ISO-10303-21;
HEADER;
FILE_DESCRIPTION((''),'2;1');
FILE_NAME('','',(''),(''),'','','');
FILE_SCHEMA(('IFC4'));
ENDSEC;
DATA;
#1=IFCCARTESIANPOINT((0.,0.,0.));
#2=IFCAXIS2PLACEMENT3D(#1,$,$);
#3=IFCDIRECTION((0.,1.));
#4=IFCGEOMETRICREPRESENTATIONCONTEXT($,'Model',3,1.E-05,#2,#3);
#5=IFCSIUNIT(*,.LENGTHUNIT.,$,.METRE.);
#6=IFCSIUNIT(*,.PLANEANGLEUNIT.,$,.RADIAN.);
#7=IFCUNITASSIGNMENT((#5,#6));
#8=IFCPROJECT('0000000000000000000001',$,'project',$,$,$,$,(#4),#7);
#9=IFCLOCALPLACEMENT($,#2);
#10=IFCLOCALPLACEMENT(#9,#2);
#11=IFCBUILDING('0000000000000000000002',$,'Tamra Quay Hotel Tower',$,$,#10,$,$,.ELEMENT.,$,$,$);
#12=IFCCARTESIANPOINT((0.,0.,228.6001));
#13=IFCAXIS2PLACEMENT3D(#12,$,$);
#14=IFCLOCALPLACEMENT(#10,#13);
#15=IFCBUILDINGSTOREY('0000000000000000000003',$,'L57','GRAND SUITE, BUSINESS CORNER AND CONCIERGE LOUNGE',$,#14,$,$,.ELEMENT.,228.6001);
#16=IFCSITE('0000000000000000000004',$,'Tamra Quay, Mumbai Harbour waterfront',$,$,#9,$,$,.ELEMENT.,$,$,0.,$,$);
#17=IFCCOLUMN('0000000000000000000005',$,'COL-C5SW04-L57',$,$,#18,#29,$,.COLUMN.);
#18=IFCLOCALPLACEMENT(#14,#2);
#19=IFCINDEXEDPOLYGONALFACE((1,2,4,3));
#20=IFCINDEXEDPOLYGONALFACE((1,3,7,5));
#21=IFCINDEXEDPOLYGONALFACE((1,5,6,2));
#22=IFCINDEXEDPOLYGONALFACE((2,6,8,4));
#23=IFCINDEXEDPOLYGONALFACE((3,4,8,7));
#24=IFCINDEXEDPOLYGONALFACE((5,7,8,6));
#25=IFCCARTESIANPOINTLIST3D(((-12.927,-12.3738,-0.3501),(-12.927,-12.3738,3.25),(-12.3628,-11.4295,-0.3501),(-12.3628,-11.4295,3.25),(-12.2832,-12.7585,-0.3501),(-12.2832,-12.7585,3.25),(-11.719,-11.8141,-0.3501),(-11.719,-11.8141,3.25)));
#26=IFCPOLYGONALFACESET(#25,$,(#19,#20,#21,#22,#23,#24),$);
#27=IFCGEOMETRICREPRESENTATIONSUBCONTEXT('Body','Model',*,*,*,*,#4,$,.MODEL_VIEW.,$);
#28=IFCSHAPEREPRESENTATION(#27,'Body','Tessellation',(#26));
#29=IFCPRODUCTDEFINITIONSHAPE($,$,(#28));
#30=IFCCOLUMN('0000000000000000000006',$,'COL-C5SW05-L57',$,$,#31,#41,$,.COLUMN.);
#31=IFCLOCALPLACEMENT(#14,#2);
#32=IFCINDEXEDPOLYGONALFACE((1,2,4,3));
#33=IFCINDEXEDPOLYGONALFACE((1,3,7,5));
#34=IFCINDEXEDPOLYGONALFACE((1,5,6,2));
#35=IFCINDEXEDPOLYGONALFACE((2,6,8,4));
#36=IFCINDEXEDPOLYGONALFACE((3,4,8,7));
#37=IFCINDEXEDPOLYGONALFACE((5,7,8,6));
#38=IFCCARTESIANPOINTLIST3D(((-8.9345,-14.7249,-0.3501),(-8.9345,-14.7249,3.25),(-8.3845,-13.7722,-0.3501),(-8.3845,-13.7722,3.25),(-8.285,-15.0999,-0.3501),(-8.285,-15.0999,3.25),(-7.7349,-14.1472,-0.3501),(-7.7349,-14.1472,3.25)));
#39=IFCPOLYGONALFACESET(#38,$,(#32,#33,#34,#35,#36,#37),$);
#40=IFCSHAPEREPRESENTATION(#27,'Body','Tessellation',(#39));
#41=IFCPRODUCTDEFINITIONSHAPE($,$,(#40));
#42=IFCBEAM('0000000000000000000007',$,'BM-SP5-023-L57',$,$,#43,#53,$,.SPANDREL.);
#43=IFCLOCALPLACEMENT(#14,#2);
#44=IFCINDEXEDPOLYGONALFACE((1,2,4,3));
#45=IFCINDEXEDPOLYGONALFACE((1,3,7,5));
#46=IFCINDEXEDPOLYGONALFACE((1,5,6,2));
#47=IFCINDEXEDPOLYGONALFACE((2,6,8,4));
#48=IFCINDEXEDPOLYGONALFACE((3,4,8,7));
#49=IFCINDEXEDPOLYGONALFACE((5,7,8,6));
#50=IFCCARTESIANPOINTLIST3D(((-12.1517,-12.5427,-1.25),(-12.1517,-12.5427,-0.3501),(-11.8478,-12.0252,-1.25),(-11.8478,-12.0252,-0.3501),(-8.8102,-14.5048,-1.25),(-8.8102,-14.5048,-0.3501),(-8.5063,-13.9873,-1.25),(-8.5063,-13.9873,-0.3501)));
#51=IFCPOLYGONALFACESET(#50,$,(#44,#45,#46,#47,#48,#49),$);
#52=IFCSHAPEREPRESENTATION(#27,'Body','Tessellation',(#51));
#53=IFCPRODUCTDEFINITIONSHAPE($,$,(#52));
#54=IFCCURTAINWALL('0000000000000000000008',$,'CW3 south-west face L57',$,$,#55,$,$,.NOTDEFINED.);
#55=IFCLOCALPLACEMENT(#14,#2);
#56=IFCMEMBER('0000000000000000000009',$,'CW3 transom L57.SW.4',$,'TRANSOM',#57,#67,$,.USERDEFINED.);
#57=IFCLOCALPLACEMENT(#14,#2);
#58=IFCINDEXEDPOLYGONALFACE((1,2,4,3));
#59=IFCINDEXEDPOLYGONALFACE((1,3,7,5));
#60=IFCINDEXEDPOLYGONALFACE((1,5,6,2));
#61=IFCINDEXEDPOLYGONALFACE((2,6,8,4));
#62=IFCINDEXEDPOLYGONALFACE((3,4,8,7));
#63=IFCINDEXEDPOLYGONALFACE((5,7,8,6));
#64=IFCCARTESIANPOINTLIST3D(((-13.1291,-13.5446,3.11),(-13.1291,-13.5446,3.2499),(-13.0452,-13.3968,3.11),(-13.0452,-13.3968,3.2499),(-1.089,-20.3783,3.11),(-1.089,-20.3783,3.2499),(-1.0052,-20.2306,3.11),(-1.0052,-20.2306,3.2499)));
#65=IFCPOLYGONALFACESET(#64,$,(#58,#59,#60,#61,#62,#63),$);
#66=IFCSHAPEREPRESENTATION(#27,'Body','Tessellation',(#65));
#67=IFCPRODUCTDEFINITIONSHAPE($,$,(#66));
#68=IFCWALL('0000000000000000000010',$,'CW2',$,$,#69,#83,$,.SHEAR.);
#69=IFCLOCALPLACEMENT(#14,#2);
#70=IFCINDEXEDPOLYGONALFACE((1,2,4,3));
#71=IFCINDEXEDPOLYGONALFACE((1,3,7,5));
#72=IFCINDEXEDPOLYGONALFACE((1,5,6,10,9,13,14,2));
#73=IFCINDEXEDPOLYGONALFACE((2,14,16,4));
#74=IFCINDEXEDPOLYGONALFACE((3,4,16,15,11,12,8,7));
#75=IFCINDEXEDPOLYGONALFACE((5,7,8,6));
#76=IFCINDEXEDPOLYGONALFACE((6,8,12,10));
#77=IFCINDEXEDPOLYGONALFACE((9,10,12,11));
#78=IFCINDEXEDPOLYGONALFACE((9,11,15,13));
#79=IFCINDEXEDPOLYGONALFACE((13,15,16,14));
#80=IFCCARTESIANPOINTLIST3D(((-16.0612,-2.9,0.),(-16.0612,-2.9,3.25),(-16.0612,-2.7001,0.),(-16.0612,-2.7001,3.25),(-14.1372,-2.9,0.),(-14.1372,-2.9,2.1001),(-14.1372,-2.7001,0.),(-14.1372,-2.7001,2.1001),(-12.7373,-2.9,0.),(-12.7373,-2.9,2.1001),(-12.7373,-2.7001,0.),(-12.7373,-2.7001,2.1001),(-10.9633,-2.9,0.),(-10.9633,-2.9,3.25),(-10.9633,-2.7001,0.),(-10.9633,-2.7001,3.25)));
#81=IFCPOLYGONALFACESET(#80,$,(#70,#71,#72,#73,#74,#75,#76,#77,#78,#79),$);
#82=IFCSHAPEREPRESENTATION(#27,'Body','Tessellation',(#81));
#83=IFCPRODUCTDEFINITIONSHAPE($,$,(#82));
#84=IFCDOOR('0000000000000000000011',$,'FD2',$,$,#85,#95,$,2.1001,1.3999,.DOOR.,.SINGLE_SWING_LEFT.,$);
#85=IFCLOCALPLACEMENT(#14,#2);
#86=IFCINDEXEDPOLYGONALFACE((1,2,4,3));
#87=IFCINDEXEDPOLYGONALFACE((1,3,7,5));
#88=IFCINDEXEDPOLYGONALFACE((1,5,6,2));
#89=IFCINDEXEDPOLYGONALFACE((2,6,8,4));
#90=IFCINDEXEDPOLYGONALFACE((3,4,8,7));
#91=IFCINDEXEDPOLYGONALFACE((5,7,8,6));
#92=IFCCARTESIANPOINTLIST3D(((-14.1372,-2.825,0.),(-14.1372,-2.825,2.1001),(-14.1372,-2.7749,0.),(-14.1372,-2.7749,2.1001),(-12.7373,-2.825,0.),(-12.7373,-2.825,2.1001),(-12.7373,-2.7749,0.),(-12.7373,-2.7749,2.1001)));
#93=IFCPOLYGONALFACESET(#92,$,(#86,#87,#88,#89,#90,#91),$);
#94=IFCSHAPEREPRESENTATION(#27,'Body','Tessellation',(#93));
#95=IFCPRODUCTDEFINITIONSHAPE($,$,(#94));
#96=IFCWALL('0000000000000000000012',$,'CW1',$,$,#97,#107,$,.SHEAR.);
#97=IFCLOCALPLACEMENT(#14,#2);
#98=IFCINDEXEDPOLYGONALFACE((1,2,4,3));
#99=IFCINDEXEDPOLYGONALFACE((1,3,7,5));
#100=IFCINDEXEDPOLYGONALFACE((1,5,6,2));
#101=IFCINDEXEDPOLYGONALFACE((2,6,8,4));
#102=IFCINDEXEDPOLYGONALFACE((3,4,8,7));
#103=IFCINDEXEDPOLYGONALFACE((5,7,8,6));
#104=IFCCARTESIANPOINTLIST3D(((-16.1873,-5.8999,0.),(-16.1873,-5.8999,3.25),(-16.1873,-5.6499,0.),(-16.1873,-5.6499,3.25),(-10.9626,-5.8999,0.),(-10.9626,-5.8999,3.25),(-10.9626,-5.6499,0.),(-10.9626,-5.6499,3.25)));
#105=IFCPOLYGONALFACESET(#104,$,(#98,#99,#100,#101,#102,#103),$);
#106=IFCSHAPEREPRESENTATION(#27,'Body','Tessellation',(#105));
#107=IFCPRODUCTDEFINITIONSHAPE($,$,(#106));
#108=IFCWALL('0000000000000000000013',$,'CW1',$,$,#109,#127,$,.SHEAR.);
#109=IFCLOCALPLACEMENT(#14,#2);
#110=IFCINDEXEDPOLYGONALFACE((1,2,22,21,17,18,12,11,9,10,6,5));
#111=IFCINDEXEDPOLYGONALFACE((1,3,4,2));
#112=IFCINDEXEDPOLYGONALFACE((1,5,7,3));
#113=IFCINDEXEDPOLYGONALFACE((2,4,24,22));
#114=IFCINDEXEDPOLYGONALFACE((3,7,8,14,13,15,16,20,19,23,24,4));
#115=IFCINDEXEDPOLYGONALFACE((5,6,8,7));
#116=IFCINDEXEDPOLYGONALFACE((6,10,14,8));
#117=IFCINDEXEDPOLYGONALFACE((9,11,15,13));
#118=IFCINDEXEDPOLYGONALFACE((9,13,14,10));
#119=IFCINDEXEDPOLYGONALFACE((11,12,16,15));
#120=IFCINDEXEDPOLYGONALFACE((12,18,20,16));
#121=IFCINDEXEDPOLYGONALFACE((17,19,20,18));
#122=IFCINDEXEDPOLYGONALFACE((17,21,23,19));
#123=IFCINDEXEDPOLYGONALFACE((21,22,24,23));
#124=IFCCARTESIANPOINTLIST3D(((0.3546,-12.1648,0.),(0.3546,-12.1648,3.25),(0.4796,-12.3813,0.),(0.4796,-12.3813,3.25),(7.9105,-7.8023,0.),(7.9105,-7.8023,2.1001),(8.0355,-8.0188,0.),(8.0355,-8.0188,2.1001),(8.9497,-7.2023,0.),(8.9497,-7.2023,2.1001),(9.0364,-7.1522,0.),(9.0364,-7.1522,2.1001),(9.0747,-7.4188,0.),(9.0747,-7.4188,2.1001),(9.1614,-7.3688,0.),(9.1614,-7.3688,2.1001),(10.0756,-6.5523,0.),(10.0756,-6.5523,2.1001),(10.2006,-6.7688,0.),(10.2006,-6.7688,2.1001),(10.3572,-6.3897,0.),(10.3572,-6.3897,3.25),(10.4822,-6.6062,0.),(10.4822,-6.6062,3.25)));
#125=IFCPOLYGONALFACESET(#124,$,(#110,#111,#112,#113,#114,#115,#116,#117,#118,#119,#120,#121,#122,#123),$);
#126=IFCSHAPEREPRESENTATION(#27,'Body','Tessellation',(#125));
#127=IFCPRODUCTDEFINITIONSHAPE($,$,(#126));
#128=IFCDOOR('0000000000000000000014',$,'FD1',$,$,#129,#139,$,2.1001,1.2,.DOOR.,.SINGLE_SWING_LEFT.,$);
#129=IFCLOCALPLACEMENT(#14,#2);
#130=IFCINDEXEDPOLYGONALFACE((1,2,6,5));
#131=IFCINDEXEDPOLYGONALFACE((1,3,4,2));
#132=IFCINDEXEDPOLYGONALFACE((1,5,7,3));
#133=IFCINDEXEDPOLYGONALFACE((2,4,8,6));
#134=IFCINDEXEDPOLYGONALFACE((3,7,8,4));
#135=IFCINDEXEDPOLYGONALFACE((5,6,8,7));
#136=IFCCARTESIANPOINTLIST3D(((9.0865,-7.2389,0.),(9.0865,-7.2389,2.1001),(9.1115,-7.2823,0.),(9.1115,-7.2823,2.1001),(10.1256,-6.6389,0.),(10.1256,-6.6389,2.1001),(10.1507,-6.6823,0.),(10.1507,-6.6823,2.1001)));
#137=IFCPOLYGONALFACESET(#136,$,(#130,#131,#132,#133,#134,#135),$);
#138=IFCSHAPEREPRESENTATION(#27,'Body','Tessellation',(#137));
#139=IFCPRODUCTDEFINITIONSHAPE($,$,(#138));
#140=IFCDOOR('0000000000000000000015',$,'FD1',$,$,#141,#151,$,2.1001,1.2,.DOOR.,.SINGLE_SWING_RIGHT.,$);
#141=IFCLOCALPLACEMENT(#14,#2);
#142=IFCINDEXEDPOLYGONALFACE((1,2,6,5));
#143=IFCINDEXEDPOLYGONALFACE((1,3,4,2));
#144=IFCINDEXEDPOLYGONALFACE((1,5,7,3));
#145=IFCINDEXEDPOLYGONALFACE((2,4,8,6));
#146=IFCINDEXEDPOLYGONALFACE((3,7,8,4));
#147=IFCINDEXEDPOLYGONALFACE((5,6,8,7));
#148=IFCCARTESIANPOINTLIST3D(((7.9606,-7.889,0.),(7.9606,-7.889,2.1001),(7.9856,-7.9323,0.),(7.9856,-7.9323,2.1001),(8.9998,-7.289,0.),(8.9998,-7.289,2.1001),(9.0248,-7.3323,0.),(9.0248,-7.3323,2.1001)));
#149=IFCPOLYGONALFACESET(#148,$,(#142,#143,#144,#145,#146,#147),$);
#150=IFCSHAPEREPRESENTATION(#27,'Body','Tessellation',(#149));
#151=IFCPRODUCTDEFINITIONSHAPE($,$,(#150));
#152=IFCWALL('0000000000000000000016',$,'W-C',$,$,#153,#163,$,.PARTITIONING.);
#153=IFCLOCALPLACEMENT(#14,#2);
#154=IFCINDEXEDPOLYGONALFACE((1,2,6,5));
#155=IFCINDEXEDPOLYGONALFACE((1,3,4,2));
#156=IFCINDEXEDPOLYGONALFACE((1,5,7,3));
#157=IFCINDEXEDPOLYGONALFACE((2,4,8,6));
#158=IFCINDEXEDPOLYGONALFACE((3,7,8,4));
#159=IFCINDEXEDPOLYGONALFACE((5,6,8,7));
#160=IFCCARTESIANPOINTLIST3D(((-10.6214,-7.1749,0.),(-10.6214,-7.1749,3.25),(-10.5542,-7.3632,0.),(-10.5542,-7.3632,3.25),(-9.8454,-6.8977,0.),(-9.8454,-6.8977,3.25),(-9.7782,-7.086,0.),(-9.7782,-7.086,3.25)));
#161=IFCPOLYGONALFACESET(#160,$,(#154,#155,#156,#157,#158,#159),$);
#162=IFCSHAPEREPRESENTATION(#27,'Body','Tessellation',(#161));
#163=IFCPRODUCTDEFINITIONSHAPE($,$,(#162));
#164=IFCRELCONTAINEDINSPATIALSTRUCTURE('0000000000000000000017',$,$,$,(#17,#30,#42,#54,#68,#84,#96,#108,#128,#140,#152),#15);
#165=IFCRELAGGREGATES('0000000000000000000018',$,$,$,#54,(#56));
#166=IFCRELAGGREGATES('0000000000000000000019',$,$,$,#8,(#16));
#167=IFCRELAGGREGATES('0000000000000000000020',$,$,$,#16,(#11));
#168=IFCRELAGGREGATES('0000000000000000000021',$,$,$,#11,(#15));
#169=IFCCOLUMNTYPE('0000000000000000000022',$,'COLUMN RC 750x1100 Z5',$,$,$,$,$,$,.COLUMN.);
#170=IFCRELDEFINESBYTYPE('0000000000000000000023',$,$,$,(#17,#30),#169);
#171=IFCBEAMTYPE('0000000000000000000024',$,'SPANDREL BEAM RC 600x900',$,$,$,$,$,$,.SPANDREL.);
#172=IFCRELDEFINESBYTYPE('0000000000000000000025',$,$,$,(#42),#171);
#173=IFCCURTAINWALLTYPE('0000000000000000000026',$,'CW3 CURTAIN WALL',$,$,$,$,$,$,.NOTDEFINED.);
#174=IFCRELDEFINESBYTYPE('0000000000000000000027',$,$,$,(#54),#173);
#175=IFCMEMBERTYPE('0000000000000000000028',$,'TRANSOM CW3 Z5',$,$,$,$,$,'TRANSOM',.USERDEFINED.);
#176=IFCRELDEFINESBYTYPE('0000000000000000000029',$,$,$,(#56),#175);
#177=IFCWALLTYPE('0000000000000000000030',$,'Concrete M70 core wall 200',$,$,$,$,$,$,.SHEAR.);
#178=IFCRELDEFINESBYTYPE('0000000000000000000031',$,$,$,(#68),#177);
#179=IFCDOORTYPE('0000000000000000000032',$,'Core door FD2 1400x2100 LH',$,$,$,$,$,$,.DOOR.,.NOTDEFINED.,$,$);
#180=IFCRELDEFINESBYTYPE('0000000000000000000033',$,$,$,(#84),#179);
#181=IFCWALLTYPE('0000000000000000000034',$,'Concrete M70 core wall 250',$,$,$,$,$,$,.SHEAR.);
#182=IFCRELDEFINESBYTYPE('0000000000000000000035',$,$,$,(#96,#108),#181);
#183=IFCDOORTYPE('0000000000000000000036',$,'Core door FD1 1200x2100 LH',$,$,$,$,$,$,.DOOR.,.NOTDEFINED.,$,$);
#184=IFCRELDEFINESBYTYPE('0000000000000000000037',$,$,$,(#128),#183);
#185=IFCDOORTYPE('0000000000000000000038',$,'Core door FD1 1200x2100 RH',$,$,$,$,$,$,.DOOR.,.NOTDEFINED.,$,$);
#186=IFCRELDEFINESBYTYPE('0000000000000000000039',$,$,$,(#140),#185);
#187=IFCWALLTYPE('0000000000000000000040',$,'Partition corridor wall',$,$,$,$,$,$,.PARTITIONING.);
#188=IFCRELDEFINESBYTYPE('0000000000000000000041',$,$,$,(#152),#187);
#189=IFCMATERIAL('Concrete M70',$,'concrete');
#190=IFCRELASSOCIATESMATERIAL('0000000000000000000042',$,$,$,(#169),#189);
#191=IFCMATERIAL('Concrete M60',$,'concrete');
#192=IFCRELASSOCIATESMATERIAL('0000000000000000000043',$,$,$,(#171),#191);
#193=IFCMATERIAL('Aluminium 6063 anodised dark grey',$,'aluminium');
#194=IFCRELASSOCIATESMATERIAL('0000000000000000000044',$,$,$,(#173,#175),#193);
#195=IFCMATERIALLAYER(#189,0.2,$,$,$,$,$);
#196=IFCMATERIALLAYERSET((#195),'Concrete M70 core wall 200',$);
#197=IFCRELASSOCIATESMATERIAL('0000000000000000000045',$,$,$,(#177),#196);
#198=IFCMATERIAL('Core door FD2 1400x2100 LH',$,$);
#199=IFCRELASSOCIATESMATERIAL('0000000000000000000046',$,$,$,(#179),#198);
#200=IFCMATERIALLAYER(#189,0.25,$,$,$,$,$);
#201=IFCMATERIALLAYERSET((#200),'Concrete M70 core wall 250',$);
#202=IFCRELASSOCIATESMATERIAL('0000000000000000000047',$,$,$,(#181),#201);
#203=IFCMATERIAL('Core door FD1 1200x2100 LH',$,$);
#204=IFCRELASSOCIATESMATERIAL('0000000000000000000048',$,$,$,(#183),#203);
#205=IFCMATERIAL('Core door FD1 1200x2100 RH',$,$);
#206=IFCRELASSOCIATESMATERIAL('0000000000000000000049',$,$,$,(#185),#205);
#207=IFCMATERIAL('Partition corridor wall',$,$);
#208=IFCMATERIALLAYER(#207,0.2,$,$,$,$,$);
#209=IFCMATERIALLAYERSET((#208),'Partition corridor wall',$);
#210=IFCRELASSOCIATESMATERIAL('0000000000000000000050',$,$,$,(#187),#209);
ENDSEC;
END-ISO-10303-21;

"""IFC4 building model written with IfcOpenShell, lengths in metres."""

from ifc_helpers import new_model, si_unit, direction, frame, frame_2d, origin, origin_2d, place, context, subcontext, project, spatial, rectangle, extrude, material, layer, layer_set, material_profile, profile_set, type_object, element, fill, aggregate, save


model = new_model("IFC4")

# Units and contexts
model_context = context("Model", 3, precision=1e-05, world=origin(), true_north=direction((0.0, 1.0)))
body_context = subcontext(model_context, "Body", "Model", "MODEL_VIEW")
ifc_project = project(units=[si_unit("LENGTHUNIT", "METRE"), si_unit("PLANEANGLEUNIT", "RADIAN")], contexts=[model_context])

# Site, building, storey
site_placement = place(None, origin())
site = spatial("IfcSite", under=ifc_project, at=site_placement, Name="Tamra Quay, Mumbai Harbour waterfront", CompositionType="ELEMENT", RefElevation=0.0)
building_placement = place(site_placement, origin())
building = spatial("IfcBuilding", under=site, at=building_placement, Name="Tamra Quay Hotel Tower", CompositionType="ELEMENT")
storey_placement = place(building_placement, frame((0.0, 0.0, 228.6001)))
storey = spatial("IfcBuildingStorey", under=building, at=storey_placement, Name="L57", Description="GRAND SUITE, BUSINESS CORNER AND CONCIERGE LOUNGE", CompositionType="ELEMENT", Elevation=228.6001)

# Columns
ifc_material_1 = material(Name="Concrete M70", Category="concrete")
ifc_material_profile_1 = material_profile(ifc_material_1, rectangle(XDim=1.1001, YDim=0.75, at=origin_2d()), Name="COLUMN RC 750x1100 Z5")
ifc_profile_set_1 = profile_set([ifc_material_profile_1], Name="Concrete M70")
column_type = type_object("IfcColumnType", Name="COLUMN RC 750x1100 Z5", PredefinedType="COLUMN", material=ifc_profile_set_1)
for number, where, z_axis, x_axis, name in (
    (1, (-12.323, -12.094, -0.3501), (0.0, 0.0, 1.0), (0.512899, 0.858449, 0.0), "COL-C5SW04-L57"),
    (2, (-8.3347, -14.436, -0.3501), (0.0, 0.0, 1.0), (0.5, 0.866025, 0.0), "COL-C5SW05-L57"),
):
    element("IfcColumn", number, at=place(storey_placement, frame(where, z_axis=z_axis, x_axis=x_axis)), inside=storey, type_object=column_type, Name=name, PredefinedType="COLUMN", context=body_context, shape_type="SweptSolid", body=[
        extrude(rectangle(XDim=1.1001, YDim=0.75, at=origin_2d()), origin(), (0.0, 0.0, 1.0), 3.6001),
    ])

# Beam
ifc_material_2 = material(Name="Concrete M60", Category="concrete")
ifc_material_profile_2 = material_profile(ifc_material_2, rectangle(XDim=0.6001, YDim=0.8999, at=origin_2d()), Name="SPANDREL BEAM RC 600x900")
ifc_profile_set_2 = profile_set([ifc_material_profile_2], Name="Concrete M60")
beam_type = type_object("IfcBeamType", Name="SPANDREL BEAM RC 600x900", PredefinedType="SPANDREL", material=ifc_profile_set_2)
beam_placement = place(storey_placement, frame((-11.9998, -12.2839, -0.8), z_axis=(0.862324, -0.506356, 0.0), x_axis=(0.506356, 0.862324, 0.0)))
element("IfcBeam", 3, at=beam_placement, inside=storey, type_object=beam_type, Name="BM-SP5-023-L57", PredefinedType="SPANDREL", context=body_context, shape_type="SweptSolid", body=[
    extrude(rectangle(XDim=0.6001, YDim=0.8999, at=origin_2d()), origin(), (0.0, 0.0, 1.0), 3.875),
])

# Curtain wall, member
ifc_material_3 = material(Name="Aluminium 6063 anodised dark grey", Category="aluminium")
curtain_wall_type = type_object("IfcCurtainWallType", Name="CW3 CURTAIN WALL", PredefinedType="NOTDEFINED", material=ifc_material_3)
curtain_wall_placement = place(storey_placement, origin())
curtain_wall = element("IfcCurtainWall", 4, at=curtain_wall_placement, inside=storey, type_object=curtain_wall_type, Name="CW3 south-west face L57", PredefinedType="NOTDEFINED")
ifc_material_profile_3 = material_profile(ifc_material_3, rectangle(XDim=0.1699, YDim=0.1399, at=origin_2d()), Name="TRANSOM 170X140")
ifc_profile_set_3 = profile_set([ifc_material_profile_3], Name="Aluminium 6063 anodised dark grey")
member_type = type_object("IfcMemberType", Name="TRANSOM CW3 Z5", ElementType="TRANSOM", PredefinedType="USERDEFINED", material=ifc_profile_set_3)
member_placement = place(storey_placement, frame((-13.0872, -13.4707, 3.1799), z_axis=(0.86968, -0.493617, 0.0), x_axis=(0.493617, 0.86968, 0.0)))
member = element("IfcMember", 5, at=member_placement, type_object=member_type, Name="CW3 transom L57.SW.4", ObjectType="TRANSOM", PredefinedType="USERDEFINED", context=body_context, shape_type="SweptSolid", body=[
    extrude(rectangle(XDim=0.1699, YDim=0.1399, at=origin_2d()), origin(), (0.0, 0.0, 1.0), 13.8442),
])
aggregate(curtain_wall, [member])

# Wall, opening, door
ifc_layer_1 = layer(ifc_material_1, 0.2)
ifc_layer_set_1 = layer_set([ifc_layer_1], Name="Concrete M70 core wall 200")
wall_type_1 = type_object("IfcWallType", Name="Concrete M70 core wall 200", PredefinedType="SHEAR", material=ifc_layer_set_1)
wall_1_placement = place(storey_placement, frame((-10.9634, -2.8, 0.0), z_axis=(0.0, 0.0, 1.0), x_axis=(-1.0, 0.0, 0.0)))
wall_1 = element("IfcWall", 6, at=wall_1_placement, inside=storey, type_object=wall_type_1, Name="CW2", PredefinedType="SHEAR", context=body_context, shape_type="SweptSolid", body=[
    extrude(rectangle(XDim=5.0979, YDim=0.2, at=frame_2d((2.5488, 0.0))), origin(), (0.0, 0.0, 1.0), 3.25),
])
opening_1_placement = place(wall_1_placement, frame((1.7739, 0.0, 0.0)))
opening_1 = element("IfcOpeningElement", 7, at=opening_1_placement, cuts=wall_1, PredefinedType="OPENING", context=body_context, shape_type="SweptSolid", body=[
    extrude(rectangle(XDim=1.3999, YDim=2.1001, at=frame_2d((0.7, 1.05))), frame((0.0, 0.1099, 0.0), z_axis=(0.0, -1.0, 0.0), x_axis=(1.0, 0.0, 0.0)), (0.0, 0.0, 1.0), 0.22),
])
ifc_material_4 = material(Name="Core door FD2 1400x2100 LH")
door_type_1 = type_object("IfcDoorType", Name="Core door FD2 1400x2100 LH", OperationType="NOTDEFINED", PredefinedType="DOOR", material=ifc_material_4)
door_1_placement = place(opening_1_placement, origin())
door_1 = element("IfcDoor", 8, at=door_1_placement, inside=storey, type_object=door_type_1, Name="FD2", OperationType="SINGLE_SWING_LEFT", OverallHeight=2.1001, OverallWidth=1.3999, PredefinedType="DOOR", context=body_context, shape_type="SweptSolid", body=[
    extrude(rectangle(XDim=1.3999, YDim=2.1001, at=frame_2d((0.7, 1.05))), frame((0.0, 0.0249, 0.0), z_axis=(0.0, -1.0, 0.0), x_axis=(1.0, 0.0, 0.0)), (0.0, 0.0, 1.0), 0.05),
])
fill(opening_1, door_1)

# Wall
ifc_layer_2 = layer(ifc_material_1, 0.25)
ifc_layer_set_2 = layer_set([ifc_layer_2], Name="Concrete M70 core wall 250")
wall_type_2 = type_object("IfcWallType", Name="Concrete M70 core wall 250", PredefinedType="SHEAR", material=ifc_layer_set_2)
wall_2_placement = place(storey_placement, frame((-10.9626, -5.7749, 0.0), z_axis=(0.0, 0.0, 1.0), x_axis=(-1.0, 0.0, 0.0)))
element("IfcWall", 9, at=wall_2_placement, inside=storey, type_object=wall_type_2, Name="CW1", PredefinedType="SHEAR", context=body_context, shape_type="SweptSolid", body=[
    extrude(rectangle(XDim=5.2246, YDim=0.25, at=frame_2d((2.6123, 0.0))), origin(), (0.0, 0.0, 1.0), 3.25),
])

# Wall, openings, doors
wall_3_placement = place(storey_placement, frame((0.4172, -12.2729, 0.0), z_axis=(0.0, 0.0, 1.0), x_axis=(0.866022, 0.500006, 0.0)))
wall_3 = element("IfcWall", 10, at=wall_3_placement, inside=storey, type_object=wall_type_2, Name="CW1", PredefinedType="SHEAR", context=body_context, shape_type="SweptSolid", body=[
    extrude(rectangle(XDim=11.55, YDim=0.25, at=frame_2d((5.7749, 0.0))), origin(), (0.0, 0.0, 1.0), 3.25),
])
opening_2_placement = place(wall_3_placement, frame((10.0247, 0.0, 0.0)))
opening_2 = element("IfcOpeningElement", 11, at=opening_2_placement, cuts=wall_3, PredefinedType="OPENING", context=body_context, shape_type="SweptSolid", body=[
    extrude(rectangle(XDim=1.2, YDim=2.1001, at=frame_2d((0.6001, 1.05))), frame((0.0, 0.135, 0.0), z_axis=(0.0, -1.0, 0.0), x_axis=(1.0, 0.0, 0.0)), (0.0, 0.0, 1.0), 0.27),
])
opening_3_placement = place(wall_3_placement, frame((8.7246, 0.0, 0.0)))
opening_3 = element("IfcOpeningElement", 12, at=opening_3_placement, cuts=wall_3, PredefinedType="OPENING", context=body_context, shape_type="SweptSolid", body=[
    extrude(rectangle(XDim=1.2, YDim=2.1001, at=frame_2d((0.6001, 1.05))), frame((0.0, 0.135, 0.0), z_axis=(0.0, -1.0, 0.0), x_axis=(1.0, 0.0, 0.0)), (0.0, 0.0, 1.0), 0.27),
])
ifc_material_5 = material(Name="Core door FD1 1200x2100 LH")
door_type_2 = type_object("IfcDoorType", Name="Core door FD1 1200x2100 LH", OperationType="NOTDEFINED", PredefinedType="DOOR", material=ifc_material_5)
door_2_placement = place(opening_2_placement, origin())
door_2 = element("IfcDoor", 13, at=door_2_placement, inside=storey, type_object=door_type_2, Name="FD1", OperationType="SINGLE_SWING_LEFT", OverallHeight=2.1001, OverallWidth=1.2, PredefinedType="DOOR", context=body_context, shape_type="SweptSolid", body=[
    extrude(rectangle(XDim=1.2, YDim=2.1001, at=frame_2d((0.6001, 1.05))), frame((0.0, 0.0249, 0.0), z_axis=(0.0, -1.0, 0.0), x_axis=(1.0, 0.0, 0.0)), (0.0, 0.0, 1.0), 0.05),
])
fill(opening_2, door_2)
ifc_material_6 = material(Name="Core door FD1 1200x2100 RH")
door_type_3 = type_object("IfcDoorType", Name="Core door FD1 1200x2100 RH", OperationType="NOTDEFINED", PredefinedType="DOOR", material=ifc_material_6)
door_3_placement = place(opening_3_placement, origin())
door_3 = element("IfcDoor", 14, at=door_3_placement, inside=storey, type_object=door_type_3, Name="FD1", OperationType="SINGLE_SWING_RIGHT", OverallHeight=2.1001, OverallWidth=1.2, PredefinedType="DOOR", context=body_context, shape_type="SweptSolid", body=[
    extrude(rectangle(XDim=1.2, YDim=2.1001, at=frame_2d((0.6001, 1.05))), frame((0.0, 0.0249, 0.0), z_axis=(0.0, -1.0, 0.0), x_axis=(1.0, 0.0, 0.0)), (0.0, 0.0, 1.0), 0.05),
])
fill(opening_3, door_3)

# Wall
ifc_material_7 = material(Name="Partition corridor wall")
ifc_layer_3 = layer(ifc_material_7, 0.2)
ifc_layer_set_3 = layer_set([ifc_layer_3], Name="Partition corridor wall")
wall_type_3 = type_object("IfcWallType", Name="Partition corridor wall", PredefinedType="PARTITIONING", material=ifc_layer_set_3)
wall_4_placement = place(storey_placement, frame((-10.5879, -7.269, 0.0), z_axis=(0.0, 0.0, 1.0), x_axis=(0.941742, 0.336336, 0.0)))
element("IfcWall", 15, at=wall_4_placement, inside=storey, type_object=wall_type_3, Name="W-C", PredefinedType="PARTITIONING", context=body_context, shape_type="SweptSolid", body=[
    extrude(rectangle(XDim=0.824, YDim=0.2, at=frame_2d((0.4121, 0.0))), origin(), (0.0, 0.0, 1.0), 3.25),
])

save(model, "model.ifc")
